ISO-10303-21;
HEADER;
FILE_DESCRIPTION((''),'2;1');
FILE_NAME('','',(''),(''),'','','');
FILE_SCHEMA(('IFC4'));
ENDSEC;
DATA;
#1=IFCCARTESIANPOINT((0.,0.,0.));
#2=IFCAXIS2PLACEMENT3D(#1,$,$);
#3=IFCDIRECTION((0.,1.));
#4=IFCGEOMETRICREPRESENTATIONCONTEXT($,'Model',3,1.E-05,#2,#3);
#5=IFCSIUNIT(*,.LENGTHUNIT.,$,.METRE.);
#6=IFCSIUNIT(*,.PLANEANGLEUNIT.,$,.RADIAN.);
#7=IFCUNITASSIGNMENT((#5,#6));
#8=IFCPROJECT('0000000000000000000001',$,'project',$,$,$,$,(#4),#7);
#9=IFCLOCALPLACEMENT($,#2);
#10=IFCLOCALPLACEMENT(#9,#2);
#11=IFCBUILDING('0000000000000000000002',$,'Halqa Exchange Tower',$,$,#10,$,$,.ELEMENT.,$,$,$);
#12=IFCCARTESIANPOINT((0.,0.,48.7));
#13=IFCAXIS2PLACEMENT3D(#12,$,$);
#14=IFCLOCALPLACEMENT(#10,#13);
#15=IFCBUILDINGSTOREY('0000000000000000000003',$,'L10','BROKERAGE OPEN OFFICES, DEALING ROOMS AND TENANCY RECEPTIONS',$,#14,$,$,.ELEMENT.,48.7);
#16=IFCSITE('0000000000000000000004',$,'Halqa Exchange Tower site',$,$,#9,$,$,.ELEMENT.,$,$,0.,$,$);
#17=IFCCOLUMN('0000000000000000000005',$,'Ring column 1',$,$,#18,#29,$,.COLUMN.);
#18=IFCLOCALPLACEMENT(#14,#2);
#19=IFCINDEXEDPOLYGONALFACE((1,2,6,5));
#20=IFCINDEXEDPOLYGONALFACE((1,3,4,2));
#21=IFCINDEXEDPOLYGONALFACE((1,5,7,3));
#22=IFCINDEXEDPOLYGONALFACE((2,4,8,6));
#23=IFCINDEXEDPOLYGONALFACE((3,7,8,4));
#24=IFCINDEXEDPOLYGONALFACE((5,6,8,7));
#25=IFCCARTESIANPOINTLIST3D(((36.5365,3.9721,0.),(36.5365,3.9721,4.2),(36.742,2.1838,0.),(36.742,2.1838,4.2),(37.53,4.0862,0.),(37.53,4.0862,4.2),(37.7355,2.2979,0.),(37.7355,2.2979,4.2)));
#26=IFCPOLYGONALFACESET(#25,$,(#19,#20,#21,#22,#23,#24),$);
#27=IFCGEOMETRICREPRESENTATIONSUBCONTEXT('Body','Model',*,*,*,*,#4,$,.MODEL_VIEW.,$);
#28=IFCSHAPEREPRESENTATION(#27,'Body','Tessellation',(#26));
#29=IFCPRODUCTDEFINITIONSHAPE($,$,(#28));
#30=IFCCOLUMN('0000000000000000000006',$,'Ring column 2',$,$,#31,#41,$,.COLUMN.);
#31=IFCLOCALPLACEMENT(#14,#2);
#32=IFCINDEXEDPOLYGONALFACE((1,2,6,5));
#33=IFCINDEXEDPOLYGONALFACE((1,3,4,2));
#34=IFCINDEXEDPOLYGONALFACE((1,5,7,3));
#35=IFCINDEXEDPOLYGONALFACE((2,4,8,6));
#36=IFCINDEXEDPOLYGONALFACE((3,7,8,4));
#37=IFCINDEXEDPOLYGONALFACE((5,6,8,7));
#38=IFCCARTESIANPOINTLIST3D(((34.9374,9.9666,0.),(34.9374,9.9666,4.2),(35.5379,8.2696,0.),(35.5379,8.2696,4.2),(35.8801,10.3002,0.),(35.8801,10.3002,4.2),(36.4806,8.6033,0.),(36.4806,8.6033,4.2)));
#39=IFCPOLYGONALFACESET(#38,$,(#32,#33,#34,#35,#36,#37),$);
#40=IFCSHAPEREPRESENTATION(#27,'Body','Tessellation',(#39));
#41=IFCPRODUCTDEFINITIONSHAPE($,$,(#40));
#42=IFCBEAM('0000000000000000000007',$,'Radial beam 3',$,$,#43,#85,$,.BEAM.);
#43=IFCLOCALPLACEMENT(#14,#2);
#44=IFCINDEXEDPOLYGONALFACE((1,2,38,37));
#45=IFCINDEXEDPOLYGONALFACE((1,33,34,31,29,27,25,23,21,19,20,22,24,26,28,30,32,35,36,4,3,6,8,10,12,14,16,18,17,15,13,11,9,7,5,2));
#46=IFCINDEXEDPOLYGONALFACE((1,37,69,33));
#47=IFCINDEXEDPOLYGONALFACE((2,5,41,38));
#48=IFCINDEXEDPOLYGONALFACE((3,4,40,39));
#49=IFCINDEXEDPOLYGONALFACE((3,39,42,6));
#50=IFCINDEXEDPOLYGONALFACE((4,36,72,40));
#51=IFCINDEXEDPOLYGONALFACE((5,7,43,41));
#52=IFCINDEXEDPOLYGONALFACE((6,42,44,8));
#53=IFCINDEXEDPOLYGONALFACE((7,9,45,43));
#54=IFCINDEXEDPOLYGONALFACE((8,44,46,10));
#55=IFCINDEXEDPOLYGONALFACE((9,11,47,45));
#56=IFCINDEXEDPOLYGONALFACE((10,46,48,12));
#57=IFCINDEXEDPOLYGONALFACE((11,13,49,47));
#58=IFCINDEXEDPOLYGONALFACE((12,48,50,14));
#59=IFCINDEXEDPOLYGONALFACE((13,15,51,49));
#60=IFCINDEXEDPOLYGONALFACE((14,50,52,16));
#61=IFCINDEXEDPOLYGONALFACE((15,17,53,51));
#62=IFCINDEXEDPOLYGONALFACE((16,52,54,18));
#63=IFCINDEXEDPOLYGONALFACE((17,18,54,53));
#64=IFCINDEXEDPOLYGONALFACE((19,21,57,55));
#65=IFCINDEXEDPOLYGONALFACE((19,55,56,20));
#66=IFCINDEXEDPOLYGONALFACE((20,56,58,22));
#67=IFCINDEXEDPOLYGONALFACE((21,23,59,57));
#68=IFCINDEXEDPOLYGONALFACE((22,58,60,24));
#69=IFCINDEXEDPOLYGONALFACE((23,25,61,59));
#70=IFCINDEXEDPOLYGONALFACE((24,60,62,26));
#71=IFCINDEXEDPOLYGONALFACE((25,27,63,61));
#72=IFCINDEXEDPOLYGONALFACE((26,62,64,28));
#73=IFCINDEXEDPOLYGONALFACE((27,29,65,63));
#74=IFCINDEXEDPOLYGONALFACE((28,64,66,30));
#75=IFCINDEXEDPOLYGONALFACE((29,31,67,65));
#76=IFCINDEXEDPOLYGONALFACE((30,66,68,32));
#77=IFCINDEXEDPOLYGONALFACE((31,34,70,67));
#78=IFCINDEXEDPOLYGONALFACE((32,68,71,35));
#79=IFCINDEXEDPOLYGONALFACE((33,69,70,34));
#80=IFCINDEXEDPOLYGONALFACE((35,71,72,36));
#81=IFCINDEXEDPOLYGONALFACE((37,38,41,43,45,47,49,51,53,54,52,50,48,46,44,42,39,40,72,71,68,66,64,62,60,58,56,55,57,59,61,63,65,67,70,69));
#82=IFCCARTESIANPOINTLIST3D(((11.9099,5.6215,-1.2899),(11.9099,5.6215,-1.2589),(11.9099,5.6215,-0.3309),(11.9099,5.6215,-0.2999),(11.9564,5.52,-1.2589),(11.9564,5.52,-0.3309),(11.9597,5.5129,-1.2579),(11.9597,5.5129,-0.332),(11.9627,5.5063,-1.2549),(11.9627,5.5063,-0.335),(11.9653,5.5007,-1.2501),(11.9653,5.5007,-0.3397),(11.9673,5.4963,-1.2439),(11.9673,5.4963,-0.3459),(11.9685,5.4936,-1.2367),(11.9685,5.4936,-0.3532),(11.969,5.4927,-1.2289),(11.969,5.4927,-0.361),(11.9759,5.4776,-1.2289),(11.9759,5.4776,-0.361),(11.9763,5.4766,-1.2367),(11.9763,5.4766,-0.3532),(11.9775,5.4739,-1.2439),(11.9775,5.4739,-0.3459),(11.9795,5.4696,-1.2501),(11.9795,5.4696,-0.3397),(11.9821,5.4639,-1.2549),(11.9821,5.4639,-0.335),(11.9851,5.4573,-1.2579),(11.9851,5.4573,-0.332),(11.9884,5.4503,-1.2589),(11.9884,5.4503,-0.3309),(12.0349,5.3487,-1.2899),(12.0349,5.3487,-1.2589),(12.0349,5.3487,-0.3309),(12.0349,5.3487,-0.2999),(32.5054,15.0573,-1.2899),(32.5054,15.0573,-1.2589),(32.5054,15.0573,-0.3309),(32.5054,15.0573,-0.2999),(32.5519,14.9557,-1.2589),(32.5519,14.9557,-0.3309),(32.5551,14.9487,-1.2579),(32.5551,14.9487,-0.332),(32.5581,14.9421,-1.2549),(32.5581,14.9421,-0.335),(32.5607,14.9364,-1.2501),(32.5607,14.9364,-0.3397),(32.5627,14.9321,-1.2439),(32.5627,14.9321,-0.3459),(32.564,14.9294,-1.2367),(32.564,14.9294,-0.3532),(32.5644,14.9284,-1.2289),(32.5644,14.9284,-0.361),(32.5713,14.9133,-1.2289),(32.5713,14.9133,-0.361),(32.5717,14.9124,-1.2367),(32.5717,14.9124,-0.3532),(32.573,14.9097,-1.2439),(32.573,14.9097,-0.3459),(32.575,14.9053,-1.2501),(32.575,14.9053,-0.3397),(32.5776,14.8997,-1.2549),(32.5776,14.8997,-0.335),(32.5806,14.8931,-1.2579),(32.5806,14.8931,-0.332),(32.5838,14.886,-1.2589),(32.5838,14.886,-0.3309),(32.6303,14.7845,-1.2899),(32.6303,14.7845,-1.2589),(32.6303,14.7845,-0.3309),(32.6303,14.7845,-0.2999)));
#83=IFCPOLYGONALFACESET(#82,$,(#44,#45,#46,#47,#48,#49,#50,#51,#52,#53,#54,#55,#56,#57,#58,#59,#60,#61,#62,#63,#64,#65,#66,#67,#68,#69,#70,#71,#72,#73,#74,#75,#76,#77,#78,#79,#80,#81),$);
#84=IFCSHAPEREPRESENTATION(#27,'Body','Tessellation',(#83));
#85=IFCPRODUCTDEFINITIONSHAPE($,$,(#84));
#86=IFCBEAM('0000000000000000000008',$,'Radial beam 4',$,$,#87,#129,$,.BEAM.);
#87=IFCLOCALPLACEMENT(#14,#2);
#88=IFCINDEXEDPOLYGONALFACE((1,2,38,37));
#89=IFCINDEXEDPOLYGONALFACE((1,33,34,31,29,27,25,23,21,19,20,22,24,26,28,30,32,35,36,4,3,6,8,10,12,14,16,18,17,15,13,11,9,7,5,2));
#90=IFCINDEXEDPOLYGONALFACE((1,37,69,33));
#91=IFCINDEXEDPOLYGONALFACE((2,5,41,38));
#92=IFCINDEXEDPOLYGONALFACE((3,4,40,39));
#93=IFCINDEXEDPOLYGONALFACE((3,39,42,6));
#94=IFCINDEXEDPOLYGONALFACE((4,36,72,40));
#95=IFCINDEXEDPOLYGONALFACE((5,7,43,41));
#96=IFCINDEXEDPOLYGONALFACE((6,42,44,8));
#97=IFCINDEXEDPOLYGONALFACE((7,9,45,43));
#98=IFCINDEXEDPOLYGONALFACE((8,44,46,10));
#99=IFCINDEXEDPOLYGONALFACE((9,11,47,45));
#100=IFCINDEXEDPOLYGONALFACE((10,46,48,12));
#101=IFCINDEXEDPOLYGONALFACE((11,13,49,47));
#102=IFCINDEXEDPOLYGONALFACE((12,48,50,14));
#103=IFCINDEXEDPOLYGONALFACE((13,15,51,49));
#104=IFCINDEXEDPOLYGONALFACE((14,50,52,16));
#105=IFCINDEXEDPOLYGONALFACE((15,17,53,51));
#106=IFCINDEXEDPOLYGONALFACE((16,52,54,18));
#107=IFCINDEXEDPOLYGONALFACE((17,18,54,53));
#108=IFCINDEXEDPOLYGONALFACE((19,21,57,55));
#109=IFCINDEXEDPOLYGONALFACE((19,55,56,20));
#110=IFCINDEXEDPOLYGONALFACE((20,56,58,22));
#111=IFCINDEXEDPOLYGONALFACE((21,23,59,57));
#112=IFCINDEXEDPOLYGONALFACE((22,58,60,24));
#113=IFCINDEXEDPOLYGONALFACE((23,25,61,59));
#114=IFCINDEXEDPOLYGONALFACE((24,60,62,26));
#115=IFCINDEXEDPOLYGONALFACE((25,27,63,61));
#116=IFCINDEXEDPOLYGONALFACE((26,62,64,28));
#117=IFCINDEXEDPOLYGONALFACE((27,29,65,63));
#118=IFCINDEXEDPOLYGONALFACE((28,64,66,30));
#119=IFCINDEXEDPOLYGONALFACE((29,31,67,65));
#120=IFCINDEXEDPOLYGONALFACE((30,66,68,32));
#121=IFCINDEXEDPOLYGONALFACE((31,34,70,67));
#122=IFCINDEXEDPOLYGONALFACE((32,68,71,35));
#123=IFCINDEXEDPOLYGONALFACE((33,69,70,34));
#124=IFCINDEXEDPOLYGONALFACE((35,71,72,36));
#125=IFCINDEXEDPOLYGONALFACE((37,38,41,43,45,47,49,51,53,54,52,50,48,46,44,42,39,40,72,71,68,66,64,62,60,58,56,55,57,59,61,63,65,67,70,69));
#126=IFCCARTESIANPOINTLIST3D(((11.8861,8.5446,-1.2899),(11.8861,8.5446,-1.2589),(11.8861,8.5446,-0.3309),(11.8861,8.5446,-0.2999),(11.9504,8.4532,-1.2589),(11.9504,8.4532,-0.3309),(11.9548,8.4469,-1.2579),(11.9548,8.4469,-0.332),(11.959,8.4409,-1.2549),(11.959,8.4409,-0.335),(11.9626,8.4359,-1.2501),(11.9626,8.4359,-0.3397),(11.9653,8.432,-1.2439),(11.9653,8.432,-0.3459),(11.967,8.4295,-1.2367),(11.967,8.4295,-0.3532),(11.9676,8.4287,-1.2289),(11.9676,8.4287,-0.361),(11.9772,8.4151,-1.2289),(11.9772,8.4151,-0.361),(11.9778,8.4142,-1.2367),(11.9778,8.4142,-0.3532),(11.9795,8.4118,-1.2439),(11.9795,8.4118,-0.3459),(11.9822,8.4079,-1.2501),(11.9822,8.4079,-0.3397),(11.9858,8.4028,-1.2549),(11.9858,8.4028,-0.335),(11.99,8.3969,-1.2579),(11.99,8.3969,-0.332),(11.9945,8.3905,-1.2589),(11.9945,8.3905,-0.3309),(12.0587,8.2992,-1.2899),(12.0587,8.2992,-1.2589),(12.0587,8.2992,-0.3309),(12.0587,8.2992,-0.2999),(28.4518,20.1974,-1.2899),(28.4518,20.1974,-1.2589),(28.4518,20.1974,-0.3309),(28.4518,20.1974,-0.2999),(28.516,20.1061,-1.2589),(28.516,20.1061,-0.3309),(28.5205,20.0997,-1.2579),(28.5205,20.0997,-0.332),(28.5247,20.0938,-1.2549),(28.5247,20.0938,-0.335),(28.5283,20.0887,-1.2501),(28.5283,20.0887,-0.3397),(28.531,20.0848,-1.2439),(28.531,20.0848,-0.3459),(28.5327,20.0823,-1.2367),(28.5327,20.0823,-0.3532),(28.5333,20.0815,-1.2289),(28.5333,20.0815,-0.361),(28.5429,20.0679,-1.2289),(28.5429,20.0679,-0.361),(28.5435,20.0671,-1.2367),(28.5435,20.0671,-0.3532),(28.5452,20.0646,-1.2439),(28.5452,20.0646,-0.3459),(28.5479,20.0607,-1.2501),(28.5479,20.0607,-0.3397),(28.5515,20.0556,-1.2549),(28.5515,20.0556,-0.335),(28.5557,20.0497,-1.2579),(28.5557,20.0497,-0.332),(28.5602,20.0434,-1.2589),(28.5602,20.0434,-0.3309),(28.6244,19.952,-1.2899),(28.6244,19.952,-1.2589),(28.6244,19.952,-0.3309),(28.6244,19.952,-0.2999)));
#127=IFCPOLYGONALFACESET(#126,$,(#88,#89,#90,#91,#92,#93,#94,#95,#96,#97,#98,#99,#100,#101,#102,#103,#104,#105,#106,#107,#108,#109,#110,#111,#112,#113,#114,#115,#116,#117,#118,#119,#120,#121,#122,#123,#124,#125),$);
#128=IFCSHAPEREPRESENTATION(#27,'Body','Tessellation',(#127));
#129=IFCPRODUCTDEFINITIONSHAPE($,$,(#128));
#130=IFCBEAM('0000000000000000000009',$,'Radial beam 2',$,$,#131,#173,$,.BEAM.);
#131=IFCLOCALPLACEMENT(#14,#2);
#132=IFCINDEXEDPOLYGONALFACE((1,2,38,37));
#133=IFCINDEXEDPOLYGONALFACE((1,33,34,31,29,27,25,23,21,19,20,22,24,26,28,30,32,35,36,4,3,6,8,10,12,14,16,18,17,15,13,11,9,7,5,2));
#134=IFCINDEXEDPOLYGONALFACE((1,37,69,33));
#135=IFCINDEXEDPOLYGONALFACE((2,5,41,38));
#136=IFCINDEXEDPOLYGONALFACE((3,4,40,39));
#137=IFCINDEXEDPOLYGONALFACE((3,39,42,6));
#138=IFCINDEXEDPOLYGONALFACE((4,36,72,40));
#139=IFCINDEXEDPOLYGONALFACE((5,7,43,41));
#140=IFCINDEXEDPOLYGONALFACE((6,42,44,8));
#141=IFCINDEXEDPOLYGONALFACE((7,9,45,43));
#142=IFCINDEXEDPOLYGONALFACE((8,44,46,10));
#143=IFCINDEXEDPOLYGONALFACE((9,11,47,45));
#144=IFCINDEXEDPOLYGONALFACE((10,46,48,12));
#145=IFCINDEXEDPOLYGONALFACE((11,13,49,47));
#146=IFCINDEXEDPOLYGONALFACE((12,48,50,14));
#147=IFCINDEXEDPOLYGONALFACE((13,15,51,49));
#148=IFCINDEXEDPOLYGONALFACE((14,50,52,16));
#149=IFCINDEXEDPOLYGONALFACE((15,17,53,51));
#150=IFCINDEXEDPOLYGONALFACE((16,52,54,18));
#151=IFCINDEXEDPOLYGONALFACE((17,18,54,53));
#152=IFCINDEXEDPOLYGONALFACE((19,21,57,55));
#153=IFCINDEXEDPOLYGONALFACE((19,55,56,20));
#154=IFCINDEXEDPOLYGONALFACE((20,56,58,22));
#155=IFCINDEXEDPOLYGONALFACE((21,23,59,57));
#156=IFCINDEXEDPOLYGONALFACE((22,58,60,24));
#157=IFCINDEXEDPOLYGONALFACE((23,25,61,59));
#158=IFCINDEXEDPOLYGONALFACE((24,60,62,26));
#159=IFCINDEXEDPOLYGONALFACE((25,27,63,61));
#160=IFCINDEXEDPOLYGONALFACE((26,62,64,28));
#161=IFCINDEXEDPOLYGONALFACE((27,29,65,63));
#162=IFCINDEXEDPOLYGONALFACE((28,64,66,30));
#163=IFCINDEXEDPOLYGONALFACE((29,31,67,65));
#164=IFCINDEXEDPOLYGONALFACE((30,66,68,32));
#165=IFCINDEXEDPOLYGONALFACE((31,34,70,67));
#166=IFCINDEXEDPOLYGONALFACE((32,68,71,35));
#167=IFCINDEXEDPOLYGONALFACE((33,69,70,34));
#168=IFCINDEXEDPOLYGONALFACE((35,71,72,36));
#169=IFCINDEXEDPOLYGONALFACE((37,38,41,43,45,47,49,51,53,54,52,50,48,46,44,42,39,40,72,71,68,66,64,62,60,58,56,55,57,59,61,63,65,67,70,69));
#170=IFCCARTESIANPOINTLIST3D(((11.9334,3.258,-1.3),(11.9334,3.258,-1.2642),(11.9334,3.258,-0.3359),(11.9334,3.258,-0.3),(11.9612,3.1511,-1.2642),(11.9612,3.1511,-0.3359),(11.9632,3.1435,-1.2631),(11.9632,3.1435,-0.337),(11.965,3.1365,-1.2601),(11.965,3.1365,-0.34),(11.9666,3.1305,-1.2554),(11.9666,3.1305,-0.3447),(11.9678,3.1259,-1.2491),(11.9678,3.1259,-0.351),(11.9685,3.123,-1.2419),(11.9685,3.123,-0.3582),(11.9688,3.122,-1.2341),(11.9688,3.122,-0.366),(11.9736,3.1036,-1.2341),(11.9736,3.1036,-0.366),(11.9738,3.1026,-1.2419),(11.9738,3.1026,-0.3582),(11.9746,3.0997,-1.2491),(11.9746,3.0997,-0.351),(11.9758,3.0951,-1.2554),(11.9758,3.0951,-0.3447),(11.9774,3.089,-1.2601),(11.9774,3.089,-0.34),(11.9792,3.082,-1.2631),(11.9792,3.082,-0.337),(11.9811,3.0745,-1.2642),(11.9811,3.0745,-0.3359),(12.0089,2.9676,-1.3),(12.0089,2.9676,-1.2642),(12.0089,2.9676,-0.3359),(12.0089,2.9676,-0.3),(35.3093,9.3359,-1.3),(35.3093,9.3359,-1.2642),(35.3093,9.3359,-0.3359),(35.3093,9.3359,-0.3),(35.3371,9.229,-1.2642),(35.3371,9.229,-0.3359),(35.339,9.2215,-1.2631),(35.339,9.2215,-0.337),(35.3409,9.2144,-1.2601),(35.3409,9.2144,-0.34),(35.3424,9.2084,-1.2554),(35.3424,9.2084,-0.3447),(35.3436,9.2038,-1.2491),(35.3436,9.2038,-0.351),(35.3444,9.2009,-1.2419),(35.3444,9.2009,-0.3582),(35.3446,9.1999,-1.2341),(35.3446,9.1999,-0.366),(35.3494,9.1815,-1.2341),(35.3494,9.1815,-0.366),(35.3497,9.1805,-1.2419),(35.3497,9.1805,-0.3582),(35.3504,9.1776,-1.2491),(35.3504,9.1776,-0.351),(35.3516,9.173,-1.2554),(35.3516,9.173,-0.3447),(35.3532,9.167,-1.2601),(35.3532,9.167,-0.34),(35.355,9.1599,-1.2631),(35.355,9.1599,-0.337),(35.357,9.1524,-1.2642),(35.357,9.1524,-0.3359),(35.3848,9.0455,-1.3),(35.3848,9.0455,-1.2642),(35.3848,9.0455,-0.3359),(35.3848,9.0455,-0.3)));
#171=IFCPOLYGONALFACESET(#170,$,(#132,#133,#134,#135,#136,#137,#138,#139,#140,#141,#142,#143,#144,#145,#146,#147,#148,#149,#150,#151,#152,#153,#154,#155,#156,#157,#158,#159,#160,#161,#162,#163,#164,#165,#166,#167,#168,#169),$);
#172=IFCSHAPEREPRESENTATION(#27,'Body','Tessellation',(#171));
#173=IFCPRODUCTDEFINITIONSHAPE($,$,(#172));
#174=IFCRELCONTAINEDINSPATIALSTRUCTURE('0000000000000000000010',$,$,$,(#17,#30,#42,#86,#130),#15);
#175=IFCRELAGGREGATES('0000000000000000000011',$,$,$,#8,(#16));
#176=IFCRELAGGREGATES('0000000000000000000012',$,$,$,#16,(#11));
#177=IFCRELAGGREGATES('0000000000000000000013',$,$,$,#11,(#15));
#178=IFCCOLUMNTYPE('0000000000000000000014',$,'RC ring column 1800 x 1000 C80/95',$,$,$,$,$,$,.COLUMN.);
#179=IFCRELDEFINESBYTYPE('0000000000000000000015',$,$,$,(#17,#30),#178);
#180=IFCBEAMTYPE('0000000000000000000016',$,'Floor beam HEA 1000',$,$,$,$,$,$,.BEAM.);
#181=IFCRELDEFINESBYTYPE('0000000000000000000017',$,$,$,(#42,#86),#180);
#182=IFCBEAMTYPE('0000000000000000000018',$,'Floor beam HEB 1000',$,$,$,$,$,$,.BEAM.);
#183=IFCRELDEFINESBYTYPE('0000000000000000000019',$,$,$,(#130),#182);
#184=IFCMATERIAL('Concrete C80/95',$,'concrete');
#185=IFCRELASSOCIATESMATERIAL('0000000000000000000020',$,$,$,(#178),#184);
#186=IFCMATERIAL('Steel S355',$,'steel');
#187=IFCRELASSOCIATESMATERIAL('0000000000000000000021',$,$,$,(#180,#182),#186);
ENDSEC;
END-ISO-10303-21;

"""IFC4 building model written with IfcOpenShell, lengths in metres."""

from ifc_helpers import new_model, si_unit, direction, frame, origin, origin_2d, place, context, subcontext, project, spatial, rectangle, i_section, extrude, material, material_profile, profile_set, type_object, element, save


model = new_model("IFC4")

# Units and contexts
model_context = context("Model", 3, precision=1e-05, world=origin(), true_north=direction((0.0, 1.0)))
body_context = subcontext(model_context, "Body", "Model", "MODEL_VIEW")
ifc_project = project(units=[si_unit("LENGTHUNIT", "METRE"), si_unit("PLANEANGLEUNIT", "RADIAN")], contexts=[model_context])

# Site, building, storey
site_placement = place(None, origin())
site = spatial("IfcSite", under=ifc_project, at=site_placement, Name="Halqa Exchange Tower site", CompositionType="ELEMENT", RefElevation=0.0)
building_placement = place(site_placement, origin())
building = spatial("IfcBuilding", under=site, at=building_placement, Name="Halqa Exchange Tower", CompositionType="ELEMENT")
storey_placement = place(building_placement, frame((0.0, 0.0, 48.7)))
storey = spatial("IfcBuildingStorey", under=building, at=storey_placement, Name="L10", Description="BROKERAGE OPEN OFFICES, DEALING ROOMS AND TENANCY RECEPTIONS", CompositionType="ELEMENT", Elevation=48.7)

# Columns
ifc_material_1 = material(Name="Concrete C80/95", Category="concrete")
ifc_material_profile_1 = material_profile(ifc_material_1, rectangle(XDim=1.8, YDim=1.0, at=origin_2d()), Name="1800 x 1000")
ifc_profile_set_1 = profile_set([ifc_material_profile_1], Name="Concrete C80/95")
column_type = type_object("IfcColumnType", Name="RC ring column 1800 x 1000 C80/95", PredefinedType="COLUMN", material=ifc_profile_set_1)
for number, where, z_axis, x_axis, name in (
    (1, (37.136, 3.135, 0.0), (0.0, 0.0, 1.0), (-0.114153, 0.993463, 0.0), "Ring column 1"),
    (2, (35.709, 9.2849, 0.0), (0.0, 0.0, 1.0), (-0.333628, 0.942705, 0.0), "Ring column 2"),
):
    element("IfcColumn", number, at=place(storey_placement, frame(where, z_axis=z_axis, x_axis=x_axis)), inside=storey, type_object=column_type, Name=name, PredefinedType="COLUMN", context=body_context, shape_type="SweptSolid", body=[
        extrude(rectangle(XDim=1.8, YDim=1.0, at=origin_2d()), origin(), (0.0, 0.0, 1.0), 4.2),
    ])

# Beams
ifc_material_2 = material(Name="Steel S355", Category="steel")
ifc_material_profile_2 = material_profile(ifc_material_2, i_section(OverallWidth=0.3, OverallDepth=0.99, WebThickness=0.0166, FlangeThickness=0.031, FilletRadius=0.03, at=origin_2d()), Name="HEA 1000")
ifc_profile_set_2 = profile_set([ifc_material_profile_2], Name="Steel S355")
beam_type_1 = type_object("IfcBeamType", Name="Floor beam HEA 1000", PredefinedType="BEAM", material=ifc_profile_set_2)
beam_1_placement = place(storey_placement, frame((11.9724, 5.4851, -0.7949), z_axis=(0.909128, 0.416516, 0.0), x_axis=(-0.416516, 0.909128, 0.0)))
element("IfcBeam", 3, at=beam_1_placement, inside=storey, type_object=beam_type_1, Name="Radial beam 3", PredefinedType="BEAM", context=body_context, shape_type="SweptSolid", body=[
    extrude(i_section(OverallWidth=0.3, OverallDepth=0.99, WebThickness=0.0166, FlangeThickness=0.031, FilletRadius=0.03, at=origin_2d()), origin(), (0.0, 0.0, 1.0), 22.6541),
])
beam_2_placement = place(storey_placement, frame((11.9724, 8.4219, -0.7949), z_axis=(0.817911, 0.575345, 0.0), x_axis=(-0.575345, 0.817911, 0.0)))
element("IfcBeam", 4, at=beam_2_placement, inside=storey, type_object=beam_type_1, Name="Radial beam 4", PredefinedType="BEAM", context=body_context, shape_type="SweptSolid", body=[
    extrude(i_section(OverallWidth=0.3, OverallDepth=0.99, WebThickness=0.0166, FlangeThickness=0.031, FilletRadius=0.03, at=origin_2d()), origin(), (0.0, 0.0, 1.0), 20.2537),
])
ifc_material_profile_3 = material_profile(ifc_material_2, i_section(OverallWidth=0.3, OverallDepth=1.0, WebThickness=0.019, FlangeThickness=0.0359, FilletRadius=0.03, at=origin_2d()), Name="HEB 1000")
ifc_profile_set_3 = profile_set([ifc_material_profile_3], Name="Steel S355")
beam_type_2 = type_object("IfcBeamType", Name="Floor beam HEB 1000", PredefinedType="BEAM", material=ifc_profile_set_3)
beam_3_placement = place(storey_placement, frame((11.9712, 3.1128, -0.8), z_axis=(0.967821, 0.251641, 0.0), x_axis=(-0.251641, 0.967821, 0.0)))
element("IfcBeam", 5, at=beam_3_placement, inside=storey, type_object=beam_type_2, Name="Radial beam 2", PredefinedType="BEAM", context=body_context, shape_type="SweptSolid", body=[
    extrude(i_section(OverallWidth=0.3, OverallDepth=1.0, WebThickness=0.019, FlangeThickness=0.0359, FilletRadius=0.03, at=origin_2d()), origin(), (0.0, 0.0, 1.0), 24.1531),
])

save(model, "model.ifc")
